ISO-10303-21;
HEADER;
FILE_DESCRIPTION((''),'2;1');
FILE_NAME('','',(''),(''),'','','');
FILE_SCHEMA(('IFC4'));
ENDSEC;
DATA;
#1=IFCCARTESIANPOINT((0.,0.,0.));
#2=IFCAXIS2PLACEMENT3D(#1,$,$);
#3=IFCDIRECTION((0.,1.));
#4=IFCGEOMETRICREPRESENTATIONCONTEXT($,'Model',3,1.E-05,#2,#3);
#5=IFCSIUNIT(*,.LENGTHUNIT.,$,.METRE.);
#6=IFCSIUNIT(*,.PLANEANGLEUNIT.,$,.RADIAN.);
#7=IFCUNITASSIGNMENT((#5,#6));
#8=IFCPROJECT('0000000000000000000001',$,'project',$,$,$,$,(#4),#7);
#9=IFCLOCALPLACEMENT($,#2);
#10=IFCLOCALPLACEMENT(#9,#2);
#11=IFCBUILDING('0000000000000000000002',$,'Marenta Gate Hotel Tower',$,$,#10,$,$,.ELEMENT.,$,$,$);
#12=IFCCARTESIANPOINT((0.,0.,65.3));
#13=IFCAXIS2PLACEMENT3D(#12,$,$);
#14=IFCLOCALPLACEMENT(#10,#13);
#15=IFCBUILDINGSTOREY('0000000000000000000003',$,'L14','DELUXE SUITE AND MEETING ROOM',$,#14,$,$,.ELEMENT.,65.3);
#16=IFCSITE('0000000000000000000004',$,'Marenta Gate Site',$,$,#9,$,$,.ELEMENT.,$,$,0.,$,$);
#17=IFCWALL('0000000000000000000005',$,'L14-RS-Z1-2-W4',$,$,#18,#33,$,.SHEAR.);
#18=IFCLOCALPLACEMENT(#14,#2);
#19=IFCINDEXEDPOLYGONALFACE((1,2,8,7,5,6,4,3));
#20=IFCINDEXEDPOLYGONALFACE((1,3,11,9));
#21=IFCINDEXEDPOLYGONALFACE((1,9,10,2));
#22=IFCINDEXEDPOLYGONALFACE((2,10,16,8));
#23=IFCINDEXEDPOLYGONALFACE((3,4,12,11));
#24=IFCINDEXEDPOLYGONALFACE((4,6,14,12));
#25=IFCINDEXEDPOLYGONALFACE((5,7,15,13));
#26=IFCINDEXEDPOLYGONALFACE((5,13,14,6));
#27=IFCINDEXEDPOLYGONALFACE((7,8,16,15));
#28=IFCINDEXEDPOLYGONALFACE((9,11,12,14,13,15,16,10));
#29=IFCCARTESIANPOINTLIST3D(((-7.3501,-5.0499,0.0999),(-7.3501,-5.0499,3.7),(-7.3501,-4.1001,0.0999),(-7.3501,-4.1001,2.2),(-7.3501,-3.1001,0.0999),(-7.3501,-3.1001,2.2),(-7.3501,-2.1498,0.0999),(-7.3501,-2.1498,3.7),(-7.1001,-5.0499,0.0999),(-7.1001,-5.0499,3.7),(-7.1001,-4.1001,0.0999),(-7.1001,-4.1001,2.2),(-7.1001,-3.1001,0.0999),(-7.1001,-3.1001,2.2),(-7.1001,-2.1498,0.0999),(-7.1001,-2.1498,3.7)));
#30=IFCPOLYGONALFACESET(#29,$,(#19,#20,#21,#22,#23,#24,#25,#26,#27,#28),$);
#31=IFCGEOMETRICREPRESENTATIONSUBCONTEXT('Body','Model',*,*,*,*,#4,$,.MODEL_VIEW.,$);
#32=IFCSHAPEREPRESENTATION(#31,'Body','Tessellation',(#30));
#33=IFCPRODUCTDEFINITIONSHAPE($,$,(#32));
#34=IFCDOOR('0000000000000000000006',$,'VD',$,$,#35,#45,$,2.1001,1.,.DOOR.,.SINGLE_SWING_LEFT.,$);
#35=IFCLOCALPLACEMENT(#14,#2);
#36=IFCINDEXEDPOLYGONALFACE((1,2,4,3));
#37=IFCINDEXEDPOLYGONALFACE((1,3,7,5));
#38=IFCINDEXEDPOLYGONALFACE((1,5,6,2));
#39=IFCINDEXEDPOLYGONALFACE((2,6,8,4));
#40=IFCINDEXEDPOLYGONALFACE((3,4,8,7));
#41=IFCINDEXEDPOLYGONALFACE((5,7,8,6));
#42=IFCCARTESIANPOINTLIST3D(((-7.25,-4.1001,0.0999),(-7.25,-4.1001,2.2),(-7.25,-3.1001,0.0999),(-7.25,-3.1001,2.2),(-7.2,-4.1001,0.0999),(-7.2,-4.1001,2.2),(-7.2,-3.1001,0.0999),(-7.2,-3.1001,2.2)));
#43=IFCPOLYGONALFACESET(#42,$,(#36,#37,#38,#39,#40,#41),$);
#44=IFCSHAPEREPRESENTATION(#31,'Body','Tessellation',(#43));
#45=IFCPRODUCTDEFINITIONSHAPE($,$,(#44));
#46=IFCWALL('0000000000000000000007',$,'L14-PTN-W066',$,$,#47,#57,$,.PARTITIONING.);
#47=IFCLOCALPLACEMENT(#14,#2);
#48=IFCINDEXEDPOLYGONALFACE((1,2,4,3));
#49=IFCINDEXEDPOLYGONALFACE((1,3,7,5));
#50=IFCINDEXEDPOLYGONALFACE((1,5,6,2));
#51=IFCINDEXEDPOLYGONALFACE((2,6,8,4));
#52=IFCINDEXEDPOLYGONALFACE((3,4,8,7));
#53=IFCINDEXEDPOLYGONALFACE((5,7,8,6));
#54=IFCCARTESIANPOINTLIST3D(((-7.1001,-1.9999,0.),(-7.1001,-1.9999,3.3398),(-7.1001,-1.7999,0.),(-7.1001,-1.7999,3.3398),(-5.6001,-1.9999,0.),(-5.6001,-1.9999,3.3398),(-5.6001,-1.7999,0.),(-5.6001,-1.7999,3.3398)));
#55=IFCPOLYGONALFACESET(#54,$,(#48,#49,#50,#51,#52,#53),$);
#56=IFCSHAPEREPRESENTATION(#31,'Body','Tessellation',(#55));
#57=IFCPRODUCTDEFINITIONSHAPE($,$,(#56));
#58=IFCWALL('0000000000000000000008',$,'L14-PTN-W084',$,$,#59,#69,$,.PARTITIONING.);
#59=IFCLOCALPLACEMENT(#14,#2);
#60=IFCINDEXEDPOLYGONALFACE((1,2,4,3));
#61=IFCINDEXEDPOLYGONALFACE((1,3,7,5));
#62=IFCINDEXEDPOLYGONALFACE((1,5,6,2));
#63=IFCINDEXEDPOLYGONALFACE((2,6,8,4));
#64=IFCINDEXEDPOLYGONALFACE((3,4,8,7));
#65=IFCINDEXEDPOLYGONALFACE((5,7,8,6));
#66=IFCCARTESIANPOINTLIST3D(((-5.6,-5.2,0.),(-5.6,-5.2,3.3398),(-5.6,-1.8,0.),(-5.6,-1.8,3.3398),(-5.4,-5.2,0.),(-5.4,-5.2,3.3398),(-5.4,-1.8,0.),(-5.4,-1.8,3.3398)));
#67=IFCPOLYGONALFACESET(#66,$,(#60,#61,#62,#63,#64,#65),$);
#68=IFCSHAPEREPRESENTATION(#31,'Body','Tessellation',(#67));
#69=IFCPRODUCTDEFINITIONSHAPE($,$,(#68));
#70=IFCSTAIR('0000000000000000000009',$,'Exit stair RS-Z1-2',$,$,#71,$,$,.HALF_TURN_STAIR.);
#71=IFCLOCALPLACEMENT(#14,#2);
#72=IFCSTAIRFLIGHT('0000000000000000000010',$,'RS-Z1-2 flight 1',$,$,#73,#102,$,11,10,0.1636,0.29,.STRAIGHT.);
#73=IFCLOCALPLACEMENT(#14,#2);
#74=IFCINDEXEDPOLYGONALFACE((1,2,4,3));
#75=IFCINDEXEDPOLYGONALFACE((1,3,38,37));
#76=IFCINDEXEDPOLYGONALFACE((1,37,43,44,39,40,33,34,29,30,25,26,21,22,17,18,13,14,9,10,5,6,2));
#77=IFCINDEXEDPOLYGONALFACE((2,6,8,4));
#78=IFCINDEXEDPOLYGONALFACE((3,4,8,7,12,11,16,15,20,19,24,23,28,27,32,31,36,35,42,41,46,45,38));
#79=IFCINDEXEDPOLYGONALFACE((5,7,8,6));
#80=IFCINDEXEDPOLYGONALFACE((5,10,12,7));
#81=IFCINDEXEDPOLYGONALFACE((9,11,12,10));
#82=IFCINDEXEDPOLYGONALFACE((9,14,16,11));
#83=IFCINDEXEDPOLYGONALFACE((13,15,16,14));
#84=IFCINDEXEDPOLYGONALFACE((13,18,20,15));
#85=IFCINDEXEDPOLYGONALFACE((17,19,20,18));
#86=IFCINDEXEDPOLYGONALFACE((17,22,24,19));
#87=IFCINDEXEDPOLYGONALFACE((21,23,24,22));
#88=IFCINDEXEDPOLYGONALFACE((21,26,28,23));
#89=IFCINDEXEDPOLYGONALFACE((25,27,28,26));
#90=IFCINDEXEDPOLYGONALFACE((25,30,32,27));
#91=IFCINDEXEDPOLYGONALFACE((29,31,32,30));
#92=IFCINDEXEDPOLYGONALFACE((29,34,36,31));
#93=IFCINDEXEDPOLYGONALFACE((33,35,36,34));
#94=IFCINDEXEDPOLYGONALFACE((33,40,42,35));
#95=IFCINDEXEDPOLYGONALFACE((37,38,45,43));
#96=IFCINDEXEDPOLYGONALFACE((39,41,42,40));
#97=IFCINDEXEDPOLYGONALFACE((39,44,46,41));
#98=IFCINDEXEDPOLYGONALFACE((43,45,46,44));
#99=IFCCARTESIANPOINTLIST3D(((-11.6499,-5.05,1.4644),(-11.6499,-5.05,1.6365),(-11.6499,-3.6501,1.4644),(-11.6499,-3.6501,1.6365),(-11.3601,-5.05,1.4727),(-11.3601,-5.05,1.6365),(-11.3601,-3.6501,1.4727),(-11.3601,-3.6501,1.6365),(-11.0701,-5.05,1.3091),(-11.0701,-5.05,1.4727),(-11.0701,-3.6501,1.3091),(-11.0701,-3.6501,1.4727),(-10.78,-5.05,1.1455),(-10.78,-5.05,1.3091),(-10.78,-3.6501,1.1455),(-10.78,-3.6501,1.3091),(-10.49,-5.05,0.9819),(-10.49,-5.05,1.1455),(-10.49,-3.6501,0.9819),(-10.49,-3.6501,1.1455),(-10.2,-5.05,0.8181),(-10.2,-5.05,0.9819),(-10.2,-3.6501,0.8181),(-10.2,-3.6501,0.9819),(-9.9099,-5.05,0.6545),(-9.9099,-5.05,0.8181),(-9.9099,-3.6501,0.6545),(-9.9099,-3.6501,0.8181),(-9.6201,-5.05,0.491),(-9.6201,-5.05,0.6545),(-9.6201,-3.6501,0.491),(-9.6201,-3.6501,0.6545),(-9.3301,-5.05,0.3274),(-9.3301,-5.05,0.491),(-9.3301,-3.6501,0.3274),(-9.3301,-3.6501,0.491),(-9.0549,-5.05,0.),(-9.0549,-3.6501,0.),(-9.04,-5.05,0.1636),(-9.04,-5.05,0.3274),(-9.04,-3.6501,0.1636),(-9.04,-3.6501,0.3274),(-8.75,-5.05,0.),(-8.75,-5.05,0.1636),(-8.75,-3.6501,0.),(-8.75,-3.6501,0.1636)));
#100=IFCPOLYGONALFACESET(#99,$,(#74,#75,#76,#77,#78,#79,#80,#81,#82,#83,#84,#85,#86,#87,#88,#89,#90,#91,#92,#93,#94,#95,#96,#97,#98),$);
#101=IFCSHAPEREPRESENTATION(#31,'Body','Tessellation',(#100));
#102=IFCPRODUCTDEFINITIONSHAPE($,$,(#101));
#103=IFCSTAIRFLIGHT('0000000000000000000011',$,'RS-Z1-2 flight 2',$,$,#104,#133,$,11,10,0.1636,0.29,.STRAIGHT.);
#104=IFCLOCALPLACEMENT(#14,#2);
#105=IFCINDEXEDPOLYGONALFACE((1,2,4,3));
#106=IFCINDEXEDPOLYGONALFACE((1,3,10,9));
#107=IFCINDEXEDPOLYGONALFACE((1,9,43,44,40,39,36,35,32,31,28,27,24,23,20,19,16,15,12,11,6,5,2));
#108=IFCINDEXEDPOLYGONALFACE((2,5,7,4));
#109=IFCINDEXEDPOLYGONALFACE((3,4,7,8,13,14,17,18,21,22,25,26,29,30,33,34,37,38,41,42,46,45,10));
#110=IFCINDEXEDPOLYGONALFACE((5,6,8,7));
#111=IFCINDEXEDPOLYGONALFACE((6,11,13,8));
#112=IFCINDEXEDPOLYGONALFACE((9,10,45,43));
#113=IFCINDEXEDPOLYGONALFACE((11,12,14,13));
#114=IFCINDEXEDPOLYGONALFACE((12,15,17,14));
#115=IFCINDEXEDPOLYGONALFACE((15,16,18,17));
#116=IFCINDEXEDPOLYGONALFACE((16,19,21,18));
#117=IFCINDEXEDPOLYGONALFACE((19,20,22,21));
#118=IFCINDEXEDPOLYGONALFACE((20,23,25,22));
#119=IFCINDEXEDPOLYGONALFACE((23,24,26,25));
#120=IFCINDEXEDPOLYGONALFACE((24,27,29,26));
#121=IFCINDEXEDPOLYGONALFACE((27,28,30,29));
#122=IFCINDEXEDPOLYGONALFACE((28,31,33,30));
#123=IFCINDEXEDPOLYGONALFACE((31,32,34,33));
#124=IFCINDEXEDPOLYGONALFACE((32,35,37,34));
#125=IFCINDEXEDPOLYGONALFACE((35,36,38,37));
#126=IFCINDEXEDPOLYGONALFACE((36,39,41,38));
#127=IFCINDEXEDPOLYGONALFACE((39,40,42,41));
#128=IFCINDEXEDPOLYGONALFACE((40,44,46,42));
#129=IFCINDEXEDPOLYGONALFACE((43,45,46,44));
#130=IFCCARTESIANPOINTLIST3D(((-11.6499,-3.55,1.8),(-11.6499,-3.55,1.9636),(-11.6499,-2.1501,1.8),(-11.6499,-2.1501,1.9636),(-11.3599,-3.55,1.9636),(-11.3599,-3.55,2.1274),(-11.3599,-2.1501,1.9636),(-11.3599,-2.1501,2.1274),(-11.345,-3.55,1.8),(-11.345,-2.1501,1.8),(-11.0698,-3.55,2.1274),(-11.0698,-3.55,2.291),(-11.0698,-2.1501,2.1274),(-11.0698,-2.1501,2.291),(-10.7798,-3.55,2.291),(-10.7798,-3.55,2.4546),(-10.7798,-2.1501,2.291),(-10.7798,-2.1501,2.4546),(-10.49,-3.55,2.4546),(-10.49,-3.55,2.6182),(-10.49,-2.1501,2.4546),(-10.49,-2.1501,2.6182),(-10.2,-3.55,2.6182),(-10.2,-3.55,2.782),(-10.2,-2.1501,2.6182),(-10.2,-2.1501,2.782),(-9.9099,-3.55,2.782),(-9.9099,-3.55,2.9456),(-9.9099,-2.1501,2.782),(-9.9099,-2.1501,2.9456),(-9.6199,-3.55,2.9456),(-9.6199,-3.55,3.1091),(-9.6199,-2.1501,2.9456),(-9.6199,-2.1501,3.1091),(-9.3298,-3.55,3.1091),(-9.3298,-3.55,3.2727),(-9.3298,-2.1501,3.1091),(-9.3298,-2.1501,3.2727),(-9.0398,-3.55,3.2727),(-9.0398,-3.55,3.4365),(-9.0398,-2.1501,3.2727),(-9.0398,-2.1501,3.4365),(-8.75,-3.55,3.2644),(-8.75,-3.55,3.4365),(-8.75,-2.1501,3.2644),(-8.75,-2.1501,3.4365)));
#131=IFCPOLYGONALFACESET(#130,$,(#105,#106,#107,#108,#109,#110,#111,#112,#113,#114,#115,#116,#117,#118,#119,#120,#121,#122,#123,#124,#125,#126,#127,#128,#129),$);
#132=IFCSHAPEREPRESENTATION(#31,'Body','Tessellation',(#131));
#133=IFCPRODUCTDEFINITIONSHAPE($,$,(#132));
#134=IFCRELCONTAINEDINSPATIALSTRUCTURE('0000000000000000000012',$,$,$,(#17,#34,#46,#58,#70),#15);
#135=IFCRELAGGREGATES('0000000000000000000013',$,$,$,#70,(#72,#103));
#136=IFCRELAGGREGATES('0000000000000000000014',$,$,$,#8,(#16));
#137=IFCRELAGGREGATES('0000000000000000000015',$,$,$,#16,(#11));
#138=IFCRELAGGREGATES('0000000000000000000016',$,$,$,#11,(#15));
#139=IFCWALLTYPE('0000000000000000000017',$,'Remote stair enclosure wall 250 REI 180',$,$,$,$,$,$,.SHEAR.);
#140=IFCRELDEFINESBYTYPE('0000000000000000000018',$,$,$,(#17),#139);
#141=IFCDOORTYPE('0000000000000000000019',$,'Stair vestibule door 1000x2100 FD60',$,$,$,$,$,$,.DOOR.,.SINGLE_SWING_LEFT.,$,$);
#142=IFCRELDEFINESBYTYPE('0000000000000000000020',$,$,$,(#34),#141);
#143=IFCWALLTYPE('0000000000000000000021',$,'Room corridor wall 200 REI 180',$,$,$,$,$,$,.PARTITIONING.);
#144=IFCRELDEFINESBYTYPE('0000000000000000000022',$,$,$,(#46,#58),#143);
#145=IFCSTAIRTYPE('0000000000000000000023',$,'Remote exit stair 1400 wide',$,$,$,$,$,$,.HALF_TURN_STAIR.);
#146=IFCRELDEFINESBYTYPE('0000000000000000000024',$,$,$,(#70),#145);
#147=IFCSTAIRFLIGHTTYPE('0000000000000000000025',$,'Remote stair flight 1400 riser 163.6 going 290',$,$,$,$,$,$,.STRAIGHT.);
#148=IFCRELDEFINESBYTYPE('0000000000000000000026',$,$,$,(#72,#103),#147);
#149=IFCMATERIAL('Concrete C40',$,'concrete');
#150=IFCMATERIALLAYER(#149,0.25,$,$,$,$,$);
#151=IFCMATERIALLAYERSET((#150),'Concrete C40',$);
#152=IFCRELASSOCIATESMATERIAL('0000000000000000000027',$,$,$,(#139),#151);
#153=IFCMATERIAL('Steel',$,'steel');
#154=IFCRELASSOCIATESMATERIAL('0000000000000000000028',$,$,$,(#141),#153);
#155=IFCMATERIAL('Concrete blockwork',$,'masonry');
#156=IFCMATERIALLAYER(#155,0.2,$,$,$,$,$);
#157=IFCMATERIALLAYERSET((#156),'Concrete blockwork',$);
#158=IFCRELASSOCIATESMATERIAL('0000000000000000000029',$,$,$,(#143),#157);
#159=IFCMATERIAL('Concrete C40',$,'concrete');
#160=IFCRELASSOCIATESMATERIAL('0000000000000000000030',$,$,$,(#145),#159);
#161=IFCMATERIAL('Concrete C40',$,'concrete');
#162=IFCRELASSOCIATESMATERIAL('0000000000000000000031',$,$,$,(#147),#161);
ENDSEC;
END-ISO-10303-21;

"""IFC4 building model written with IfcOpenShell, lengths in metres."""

from ifc_helpers import new_model, si_unit, direction, frame, frame_2d, origin, place, context, subcontext, project, spatial, polyline, rectangle, outline, extrude, material, layer, layer_set, type_object, element, fill, aggregate, save


model = new_model("IFC4")

# Units and contexts
model_context = context("Model", 3, precision=1e-05, world=origin(), true_north=direction((0.0, 1.0)))
body_context = subcontext(model_context, "Body", "Model", "MODEL_VIEW")
ifc_project = project(units=[si_unit("LENGTHUNIT", "METRE"), si_unit("PLANEANGLEUNIT", "RADIAN")], contexts=[model_context])

# Site, building, storey
site_placement = place(None, origin())
site = spatial("IfcSite", under=ifc_project, at=site_placement, Name="Marenta Gate Site", CompositionType="ELEMENT", RefElevation=0.0)
building_placement = place(site_placement, origin())
building = spatial("IfcBuilding", under=site, at=building_placement, Name="Marenta Gate Hotel Tower", CompositionType="ELEMENT")
storey_placement = place(building_placement, frame((0.0, 0.0, 65.3)))
storey = spatial("IfcBuildingStorey", under=building, at=storey_placement, Name="L14", Description="DELUXE SUITE AND MEETING ROOM", CompositionType="ELEMENT", Elevation=65.3)

# Shared definitions
ifc_material_1 = material(Name="Concrete C40", Category="concrete")
ifc_layer_1 = layer(ifc_material_1, 0.25)
ifc_layer_set_1 = layer_set([ifc_layer_1], Name="Concrete C40")
wall_type_1 = type_object("IfcWallType", Name="Remote stair enclosure wall 250 REI 180", PredefinedType="SHEAR", material=ifc_layer_set_1)

# Wall, opening, door
wall_1_placement = place(storey_placement, frame((-7.2251, -5.05, 0.0999), z_axis=(0.0, 0.0, 1.0), x_axis=(0.0, 1.0, 0.0)))
wall_1 = element("IfcWall", 1, at=wall_1_placement, inside=storey, type_object=wall_type_1, Name="L14-RS-Z1-2-W4", PredefinedType="SHEAR", context=body_context, shape_type="SweptSolid", body=[
    extrude(rectangle(XDim=2.9001, YDim=0.25, at=frame_2d((1.4502, 0.0))), origin(), (0.0, 0.0, 1.0), 3.6001),
])
opening_1_placement = place(wall_1_placement, frame((0.95, 0.0, 0.0)))
opening_1 = element("IfcOpeningElement", 2, at=opening_1_placement, cuts=wall_1, PredefinedType="OPENING", context=body_context, shape_type="SweptSolid", body=[
    extrude(rectangle(XDim=1.0, YDim=2.1001, at=frame_2d((0.5, 1.05))), frame((0.0, 0.125, 0.0), z_axis=(0.0, -1.0, 0.0), x_axis=(1.0, 0.0, 0.0)), (0.0, 0.0, 1.0), 0.25),
])
ifc_material_2 = material(Name="Steel", Category="steel")
door_type_1 = type_object("IfcDoorType", Name="Stair vestibule door 1000x2100 FD60", OperationType="SINGLE_SWING_LEFT", PredefinedType="DOOR", material=ifc_material_2)
door_1_placement = place(opening_1_placement, origin())
door_1 = element("IfcDoor", 3, at=door_1_placement, inside=storey, type_object=door_type_1, Name="VD", OperationType="SINGLE_SWING_LEFT", OverallHeight=2.1001, OverallWidth=1.0, PredefinedType="DOOR", context=body_context, shape_type="SweptSolid", body=[
    extrude(rectangle(XDim=1.0, YDim=2.1001, at=frame_2d((0.5, 1.05))), frame((0.0, 0.0249, 0.0), z_axis=(0.0, -1.0, 0.0), x_axis=(1.0, 0.0, 0.0)), (0.0, 0.0, 1.0), 0.05),
])
fill(opening_1, door_1)

# Walls
ifc_material_3 = material(Name="Concrete blockwork", Category="masonry")
ifc_layer_2 = layer(ifc_material_3, 0.2)
ifc_layer_set_2 = layer_set([ifc_layer_2], Name="Concrete blockwork")
wall_type_2 = type_object("IfcWallType", Name="Room corridor wall 200 REI 180", PredefinedType="PARTITIONING", material=ifc_layer_set_2)
wall_2_placement = place(storey_placement, frame((-7.1001, -1.8999, 0.0), z_axis=(0.0, 0.0, 1.0), x_axis=(1.0, 0.0, 0.0)))
element("IfcWall", 4, at=wall_2_placement, inside=storey, type_object=wall_type_2, Name="L14-PTN-W066", PredefinedType="PARTITIONING", context=body_context, shape_type="SweptSolid", body=[
    extrude(rectangle(XDim=1.5, YDim=0.2, at=frame_2d((0.75, 0.0))), origin(), (0.0, 0.0, 1.0), 3.3398),
])
wall_3_placement = place(storey_placement, frame((-5.5, -5.2, 0.0), z_axis=(0.0, 0.0, 1.0), x_axis=(0.0, 1.0, 0.0)))
element("IfcWall", 5, at=wall_3_placement, inside=storey, type_object=wall_type_2, Name="L14-PTN-W084", PredefinedType="PARTITIONING", context=body_context, shape_type="SweptSolid", body=[
    extrude(rectangle(XDim=3.3999, YDim=0.2, at=frame_2d((1.7, 0.0))), origin(), (0.0, 0.0, 1.0), 3.3398),
])

# Stair, stair flights
ifc_material_4 = material(Name="Concrete C40", Category="concrete")
stair_type = type_object("IfcStairType", Name="Remote exit stair 1400 wide", PredefinedType="HALF_TURN_STAIR", material=ifc_material_4)
stair_placement = place(storey_placement, origin())
stair = element("IfcStair", 6, at=stair_placement, inside=storey, type_object=stair_type, Name="Exit stair RS-Z1-2", PredefinedType="HALF_TURN_STAIR")
ifc_material_5 = material(Name="Concrete C40", Category="concrete")
stair_flight_type = type_object("IfcStairFlightType", Name="Remote stair flight 1400 riser 163.6 going 290", PredefinedType="STRAIGHT", material=ifc_material_5)
stair_flight_1_placement = place(storey_placement, frame((-8.75, -4.3501, 0.0), z_axis=(0.0, 0.0, 1.0), x_axis=(-1.0, 0.0, 0.0)))
stair_flight_1 = element("IfcStairFlight", 7, at=stair_flight_1_placement, type_object=stair_flight_type, Name="RS-Z1-2 flight 1", NumberOfRisers=11, NumberOfTreads=10, PredefinedType="STRAIGHT", RiserHeight=0.1636, TreadLength=0.29, context=body_context, shape_type="SweptSolid", body=[
    extrude(outline(polyline([(0.0, 0.0), (0.0, 0.1636), (0.29, 0.1636), (0.29, 0.3274), (0.5801, 0.3274), (0.5801, 0.491), (0.8701, 0.491), (0.8701, 0.6545), (1.1599, 0.6545), (1.1599, 0.8181), (1.45, 0.8181), (1.45, 0.9819), (1.74, 0.9819), (1.74, 1.1455), (2.03, 1.1455), (2.03, 1.3091), (2.3201, 1.3091), (2.3201, 1.4727), (2.6101, 1.4727), (2.6101, 1.6365), (2.8999, 1.6365), (2.8999, 1.8), (2.8999, 1.4644), (0.3049, 0.0), (0.0, 0.0)])), frame((0.0, 0.7, 0.0), z_axis=(0.0, -1.0, 0.0), x_axis=(1.0, 0.0, 0.0)), (0.0, 0.0, 1.0), 1.3999),
])
stair_flight_2_placement = place(storey_placement, frame((-11.6499, -2.8501, 1.8), z_axis=(0.0, 0.0, 1.0), x_axis=(1.0, 0.0, 0.0)))
stair_flight_2 = element("IfcStairFlight", 8, at=stair_flight_2_placement, type_object=stair_flight_type, Name="RS-Z1-2 flight 2", NumberOfRisers=11, NumberOfTreads=10, PredefinedType="STRAIGHT", RiserHeight=0.1636, TreadLength=0.29, context=body_context, shape_type="SweptSolid", body=[
    extrude(outline(polyline([(0.0, 0.0), (0.0, 0.1636), (0.29, 0.1636), (0.29, 0.3274), (0.5801, 0.3274), (0.5801, 0.491), (0.8701, 0.491), (0.8701, 0.6545), (1.1599, 0.6545), (1.1599, 0.8181), (1.45, 0.8181), (1.45, 0.9819), (1.74, 0.9819), (1.74, 1.1455), (2.03, 1.1455), (2.03, 1.3091), (2.3201, 1.3091), (2.3201, 1.4727), (2.6101, 1.4727), (2.6101, 1.6365), (2.8999, 1.6365), (2.8999, 1.8), (2.8999, 1.4644), (0.3049, 0.0), (0.0, 0.0)])), frame((0.0, 0.7, 0.0), z_axis=(0.0, -1.0, 0.0), x_axis=(1.0, 0.0, 0.0)), (0.0, 0.0, 1.0), 1.3999),
])
aggregate(stair, [stair_flight_1, stair_flight_2])

save(model, "model.ifc")
